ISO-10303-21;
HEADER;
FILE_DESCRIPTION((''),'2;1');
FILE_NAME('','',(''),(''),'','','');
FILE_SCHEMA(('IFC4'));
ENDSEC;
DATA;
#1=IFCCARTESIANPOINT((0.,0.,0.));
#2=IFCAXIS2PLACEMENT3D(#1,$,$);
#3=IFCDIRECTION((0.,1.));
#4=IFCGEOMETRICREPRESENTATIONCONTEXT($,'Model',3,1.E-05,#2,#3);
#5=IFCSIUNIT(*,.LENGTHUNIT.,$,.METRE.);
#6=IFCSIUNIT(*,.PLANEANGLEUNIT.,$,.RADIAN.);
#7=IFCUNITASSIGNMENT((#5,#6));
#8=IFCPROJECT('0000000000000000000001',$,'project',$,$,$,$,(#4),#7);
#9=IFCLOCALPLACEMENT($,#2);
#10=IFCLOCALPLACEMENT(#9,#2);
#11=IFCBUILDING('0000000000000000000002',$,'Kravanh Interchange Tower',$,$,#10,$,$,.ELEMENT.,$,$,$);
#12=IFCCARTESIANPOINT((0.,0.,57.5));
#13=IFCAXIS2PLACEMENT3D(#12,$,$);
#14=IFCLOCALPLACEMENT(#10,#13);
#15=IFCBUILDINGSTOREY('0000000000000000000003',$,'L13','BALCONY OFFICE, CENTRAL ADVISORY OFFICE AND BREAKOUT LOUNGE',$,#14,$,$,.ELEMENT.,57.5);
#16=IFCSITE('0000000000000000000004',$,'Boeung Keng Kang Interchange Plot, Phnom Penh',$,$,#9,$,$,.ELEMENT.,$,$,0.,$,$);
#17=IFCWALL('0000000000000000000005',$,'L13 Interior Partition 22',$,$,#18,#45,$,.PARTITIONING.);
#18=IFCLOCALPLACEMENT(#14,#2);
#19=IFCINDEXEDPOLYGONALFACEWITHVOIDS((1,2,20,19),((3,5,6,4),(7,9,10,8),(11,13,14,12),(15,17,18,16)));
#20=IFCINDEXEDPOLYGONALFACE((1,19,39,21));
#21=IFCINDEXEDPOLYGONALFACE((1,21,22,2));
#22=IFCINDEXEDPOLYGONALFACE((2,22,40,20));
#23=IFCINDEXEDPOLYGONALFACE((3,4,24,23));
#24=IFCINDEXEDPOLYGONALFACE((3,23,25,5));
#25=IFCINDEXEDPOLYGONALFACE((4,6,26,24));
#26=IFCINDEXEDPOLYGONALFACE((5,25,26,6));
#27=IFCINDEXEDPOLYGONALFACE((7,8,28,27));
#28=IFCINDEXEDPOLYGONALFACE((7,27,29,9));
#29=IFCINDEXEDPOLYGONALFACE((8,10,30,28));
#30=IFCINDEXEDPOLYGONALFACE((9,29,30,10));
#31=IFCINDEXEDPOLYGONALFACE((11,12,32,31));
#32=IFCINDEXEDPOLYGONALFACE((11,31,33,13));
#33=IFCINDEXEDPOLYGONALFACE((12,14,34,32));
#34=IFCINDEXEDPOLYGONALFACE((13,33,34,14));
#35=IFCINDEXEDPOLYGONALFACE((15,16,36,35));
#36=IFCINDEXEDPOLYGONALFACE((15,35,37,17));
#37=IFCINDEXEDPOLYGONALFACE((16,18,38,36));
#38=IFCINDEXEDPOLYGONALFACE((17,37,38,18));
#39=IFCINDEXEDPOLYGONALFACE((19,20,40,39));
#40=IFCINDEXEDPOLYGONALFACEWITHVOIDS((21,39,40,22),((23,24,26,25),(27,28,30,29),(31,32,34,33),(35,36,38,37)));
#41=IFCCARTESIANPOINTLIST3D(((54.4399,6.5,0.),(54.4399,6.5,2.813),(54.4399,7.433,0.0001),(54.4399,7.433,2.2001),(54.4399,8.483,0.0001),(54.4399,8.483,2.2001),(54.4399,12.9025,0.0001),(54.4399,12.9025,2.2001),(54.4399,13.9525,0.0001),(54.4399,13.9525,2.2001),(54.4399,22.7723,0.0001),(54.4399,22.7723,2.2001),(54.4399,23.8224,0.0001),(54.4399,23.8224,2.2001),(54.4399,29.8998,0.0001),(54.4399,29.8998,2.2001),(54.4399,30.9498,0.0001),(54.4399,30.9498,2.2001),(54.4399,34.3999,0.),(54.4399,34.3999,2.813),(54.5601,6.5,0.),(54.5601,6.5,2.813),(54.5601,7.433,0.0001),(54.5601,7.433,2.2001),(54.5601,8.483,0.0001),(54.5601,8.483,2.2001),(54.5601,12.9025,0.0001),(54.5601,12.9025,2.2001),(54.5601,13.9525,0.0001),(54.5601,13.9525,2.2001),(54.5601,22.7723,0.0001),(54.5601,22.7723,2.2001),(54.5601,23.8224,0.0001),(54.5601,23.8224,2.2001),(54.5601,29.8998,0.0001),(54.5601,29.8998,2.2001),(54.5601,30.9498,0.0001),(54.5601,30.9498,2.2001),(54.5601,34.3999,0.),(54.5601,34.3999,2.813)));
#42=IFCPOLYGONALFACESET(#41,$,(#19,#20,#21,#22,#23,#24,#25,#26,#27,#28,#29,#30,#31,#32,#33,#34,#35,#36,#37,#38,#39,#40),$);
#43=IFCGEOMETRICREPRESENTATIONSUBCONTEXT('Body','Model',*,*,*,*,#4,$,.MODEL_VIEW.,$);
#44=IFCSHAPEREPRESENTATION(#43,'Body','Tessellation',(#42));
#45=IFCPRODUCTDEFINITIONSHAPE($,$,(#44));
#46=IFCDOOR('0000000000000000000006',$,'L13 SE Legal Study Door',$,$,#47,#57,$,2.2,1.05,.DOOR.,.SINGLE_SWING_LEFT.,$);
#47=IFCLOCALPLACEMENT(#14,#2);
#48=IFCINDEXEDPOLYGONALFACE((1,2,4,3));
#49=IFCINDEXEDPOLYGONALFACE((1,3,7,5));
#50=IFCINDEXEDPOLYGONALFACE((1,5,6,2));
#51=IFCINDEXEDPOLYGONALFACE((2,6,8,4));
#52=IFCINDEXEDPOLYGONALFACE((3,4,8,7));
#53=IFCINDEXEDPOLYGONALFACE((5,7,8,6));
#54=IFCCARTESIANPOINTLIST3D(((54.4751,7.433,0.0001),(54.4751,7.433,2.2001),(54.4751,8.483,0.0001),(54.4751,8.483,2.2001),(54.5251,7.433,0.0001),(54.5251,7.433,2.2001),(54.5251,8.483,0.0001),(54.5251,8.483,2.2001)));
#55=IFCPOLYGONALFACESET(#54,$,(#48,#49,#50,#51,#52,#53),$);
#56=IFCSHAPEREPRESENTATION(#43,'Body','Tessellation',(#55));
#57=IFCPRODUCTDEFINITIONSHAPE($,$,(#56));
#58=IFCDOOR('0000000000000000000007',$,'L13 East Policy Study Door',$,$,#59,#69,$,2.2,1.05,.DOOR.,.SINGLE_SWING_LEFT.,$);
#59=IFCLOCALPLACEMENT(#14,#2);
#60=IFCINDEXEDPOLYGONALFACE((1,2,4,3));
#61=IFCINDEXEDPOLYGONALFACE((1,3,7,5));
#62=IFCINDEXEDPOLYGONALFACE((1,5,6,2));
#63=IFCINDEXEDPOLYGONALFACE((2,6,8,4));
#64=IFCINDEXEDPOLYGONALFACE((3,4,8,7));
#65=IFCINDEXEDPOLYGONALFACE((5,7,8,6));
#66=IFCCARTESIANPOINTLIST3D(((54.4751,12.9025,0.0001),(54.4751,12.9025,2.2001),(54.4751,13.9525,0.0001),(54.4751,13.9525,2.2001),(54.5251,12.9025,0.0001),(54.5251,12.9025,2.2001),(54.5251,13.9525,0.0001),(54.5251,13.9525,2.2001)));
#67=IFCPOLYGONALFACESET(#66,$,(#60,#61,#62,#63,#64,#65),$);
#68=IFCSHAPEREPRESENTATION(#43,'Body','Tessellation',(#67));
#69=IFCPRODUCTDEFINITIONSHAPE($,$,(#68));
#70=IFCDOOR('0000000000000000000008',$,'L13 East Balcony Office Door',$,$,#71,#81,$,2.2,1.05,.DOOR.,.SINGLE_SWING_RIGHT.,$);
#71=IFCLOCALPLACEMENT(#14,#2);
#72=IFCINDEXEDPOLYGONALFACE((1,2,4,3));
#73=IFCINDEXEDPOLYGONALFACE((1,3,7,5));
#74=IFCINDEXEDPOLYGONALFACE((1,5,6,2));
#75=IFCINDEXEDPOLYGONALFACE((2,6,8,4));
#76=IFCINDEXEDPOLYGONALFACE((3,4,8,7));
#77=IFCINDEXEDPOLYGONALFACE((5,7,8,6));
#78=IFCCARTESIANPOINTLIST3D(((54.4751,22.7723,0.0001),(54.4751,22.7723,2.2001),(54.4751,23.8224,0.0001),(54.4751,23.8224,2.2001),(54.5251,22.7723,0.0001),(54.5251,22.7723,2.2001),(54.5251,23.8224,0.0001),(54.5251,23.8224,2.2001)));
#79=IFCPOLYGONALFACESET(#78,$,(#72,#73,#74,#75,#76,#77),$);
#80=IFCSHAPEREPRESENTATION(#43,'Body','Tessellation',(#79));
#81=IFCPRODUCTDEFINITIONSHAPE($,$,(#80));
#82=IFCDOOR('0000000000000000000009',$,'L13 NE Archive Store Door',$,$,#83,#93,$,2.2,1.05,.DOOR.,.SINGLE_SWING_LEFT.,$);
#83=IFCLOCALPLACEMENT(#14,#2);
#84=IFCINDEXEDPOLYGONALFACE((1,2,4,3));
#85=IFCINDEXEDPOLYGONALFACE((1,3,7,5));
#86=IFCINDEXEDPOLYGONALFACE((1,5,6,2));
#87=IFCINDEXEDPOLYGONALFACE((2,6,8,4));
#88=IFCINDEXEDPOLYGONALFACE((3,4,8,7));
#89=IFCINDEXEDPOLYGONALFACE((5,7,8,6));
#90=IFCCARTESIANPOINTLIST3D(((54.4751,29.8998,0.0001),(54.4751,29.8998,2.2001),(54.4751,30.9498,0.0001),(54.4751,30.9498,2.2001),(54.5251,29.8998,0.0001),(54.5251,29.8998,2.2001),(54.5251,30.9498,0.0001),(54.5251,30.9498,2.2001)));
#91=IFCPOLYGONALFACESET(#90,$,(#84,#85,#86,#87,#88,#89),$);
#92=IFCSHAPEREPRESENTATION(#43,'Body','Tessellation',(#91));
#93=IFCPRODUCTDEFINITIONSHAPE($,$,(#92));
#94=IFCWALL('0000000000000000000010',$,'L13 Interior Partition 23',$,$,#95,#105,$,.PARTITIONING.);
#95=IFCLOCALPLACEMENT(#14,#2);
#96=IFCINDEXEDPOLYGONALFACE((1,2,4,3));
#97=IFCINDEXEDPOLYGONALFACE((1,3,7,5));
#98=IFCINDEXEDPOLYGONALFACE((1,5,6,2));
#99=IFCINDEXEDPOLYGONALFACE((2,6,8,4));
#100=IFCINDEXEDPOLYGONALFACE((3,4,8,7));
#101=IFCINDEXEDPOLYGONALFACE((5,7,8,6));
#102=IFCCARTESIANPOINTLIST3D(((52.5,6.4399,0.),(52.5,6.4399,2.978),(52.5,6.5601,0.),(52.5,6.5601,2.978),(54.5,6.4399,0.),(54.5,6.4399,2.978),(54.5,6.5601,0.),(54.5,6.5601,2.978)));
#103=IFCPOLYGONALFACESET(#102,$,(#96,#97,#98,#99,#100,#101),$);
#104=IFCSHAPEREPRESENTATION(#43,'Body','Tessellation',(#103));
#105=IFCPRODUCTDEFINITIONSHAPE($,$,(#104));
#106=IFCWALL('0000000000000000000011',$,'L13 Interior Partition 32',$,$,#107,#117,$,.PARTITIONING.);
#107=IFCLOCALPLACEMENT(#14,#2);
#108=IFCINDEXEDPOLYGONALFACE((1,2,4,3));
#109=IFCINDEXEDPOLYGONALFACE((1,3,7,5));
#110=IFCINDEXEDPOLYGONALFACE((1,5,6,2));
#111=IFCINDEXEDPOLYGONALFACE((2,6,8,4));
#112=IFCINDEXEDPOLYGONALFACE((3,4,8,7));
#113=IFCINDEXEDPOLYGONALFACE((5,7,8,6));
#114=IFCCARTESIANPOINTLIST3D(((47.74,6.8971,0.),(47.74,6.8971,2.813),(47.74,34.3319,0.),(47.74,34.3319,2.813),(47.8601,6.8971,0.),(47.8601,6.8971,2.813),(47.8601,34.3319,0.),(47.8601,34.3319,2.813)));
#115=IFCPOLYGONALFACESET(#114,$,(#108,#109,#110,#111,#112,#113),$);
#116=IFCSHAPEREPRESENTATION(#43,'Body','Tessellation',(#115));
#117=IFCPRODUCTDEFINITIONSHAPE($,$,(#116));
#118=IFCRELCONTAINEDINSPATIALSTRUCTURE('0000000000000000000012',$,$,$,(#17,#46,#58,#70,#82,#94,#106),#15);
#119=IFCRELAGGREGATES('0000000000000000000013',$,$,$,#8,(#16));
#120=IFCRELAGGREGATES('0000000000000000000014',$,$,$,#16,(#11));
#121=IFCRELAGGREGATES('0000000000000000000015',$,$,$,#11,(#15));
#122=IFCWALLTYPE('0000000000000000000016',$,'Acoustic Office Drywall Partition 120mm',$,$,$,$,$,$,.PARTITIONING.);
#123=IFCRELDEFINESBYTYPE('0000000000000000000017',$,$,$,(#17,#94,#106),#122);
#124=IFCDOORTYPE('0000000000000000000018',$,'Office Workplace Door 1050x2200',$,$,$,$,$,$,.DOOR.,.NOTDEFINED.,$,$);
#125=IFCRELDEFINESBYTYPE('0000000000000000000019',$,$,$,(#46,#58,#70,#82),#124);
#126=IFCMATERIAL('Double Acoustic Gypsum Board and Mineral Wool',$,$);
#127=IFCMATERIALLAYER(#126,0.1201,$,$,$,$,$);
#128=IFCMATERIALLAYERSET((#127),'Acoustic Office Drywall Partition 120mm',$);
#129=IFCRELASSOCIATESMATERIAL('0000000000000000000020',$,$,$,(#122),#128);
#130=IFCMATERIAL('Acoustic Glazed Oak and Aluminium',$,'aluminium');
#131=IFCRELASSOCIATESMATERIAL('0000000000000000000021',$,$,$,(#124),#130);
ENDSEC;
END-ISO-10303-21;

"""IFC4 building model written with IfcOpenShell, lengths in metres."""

from ifc_helpers import new_model, si_unit, direction, frame, frame_2d, origin, place, context, subcontext, project, spatial, rectangle, extrude, material, layer, layer_set, type_object, element, fill, save


model = new_model("IFC4")

# Units and contexts
model_context = context("Model", 3, precision=1e-05, world=origin(), true_north=direction((0.0, 1.0)))
body_context = subcontext(model_context, "Body", "Model", "MODEL_VIEW")
ifc_project = project(units=[si_unit("LENGTHUNIT", "METRE"), si_unit("PLANEANGLEUNIT", "RADIAN")], contexts=[model_context])

# Site, building, storey
site_placement = place(None, origin())
site = spatial("IfcSite", under=ifc_project, at=site_placement, Name="Boeung Keng Kang Interchange Plot, Phnom Penh", CompositionType="ELEMENT", RefElevation=0.0)
building_placement = place(site_placement, origin())
building = spatial("IfcBuilding", under=site, at=building_placement, Name="Kravanh Interchange Tower", CompositionType="ELEMENT")
storey_placement = place(building_placement, frame((0.0, 0.0, 57.5)))
storey = spatial("IfcBuildingStorey", under=building, at=storey_placement, Name="L13", Description="BALCONY OFFICE, CENTRAL ADVISORY OFFICE AND BREAKOUT LOUNGE", CompositionType="ELEMENT", Elevation=57.5)

# Shared definitions
ifc_material_1 = material(Name="Double Acoustic Gypsum Board and Mineral Wool")
ifc_layer_1 = layer(ifc_material_1, 0.1201)
ifc_layer_set_1 = layer_set([ifc_layer_1], Name="Acoustic Office Drywall Partition 120mm")
wall_type = type_object("IfcWallType", Name="Acoustic Office Drywall Partition 120mm", PredefinedType="PARTITIONING", material=ifc_layer_set_1)

# Wall, openings, doors
wall_1_placement = place(storey_placement, frame((54.5, 6.5, 0.0), z_axis=(0.0, 0.0, 1.0), x_axis=(0.0, 1.0, 0.0)))
wall_1 = element("IfcWall", 1, at=wall_1_placement, inside=storey, type_object=wall_type, Name="L13 Interior Partition 22", PredefinedType="PARTITIONING", context=body_context, shape_type="SweptSolid", body=[
    extrude(rectangle(XDim=27.8999, YDim=0.1201, at=frame_2d((13.95, 0.0))), origin(), (0.0, 0.0, 1.0), 2.813),
])
opening_1_placement = place(wall_1_placement, frame((0.9331, 0.0, 0.0)))
opening_1 = element("IfcOpeningElement", 2, at=opening_1_placement, cuts=wall_1, PredefinedType="OPENING", context=body_context, shape_type="SweptSolid", body=[
    extrude(rectangle(XDim=1.05, YDim=2.2, at=frame_2d((0.5249, 1.1001))), frame((0.0, 0.0701, 0.0), z_axis=(0.0, -1.0, 0.0), x_axis=(1.0, 0.0, 0.0)), (0.0, 0.0, 1.0), 0.1401),
])
opening_2_placement = place(wall_1_placement, frame((6.4026, 0.0, 0.0)))
opening_2 = element("IfcOpeningElement", 3, at=opening_2_placement, cuts=wall_1, PredefinedType="OPENING", context=body_context, shape_type="SweptSolid", body=[
    extrude(rectangle(XDim=1.05, YDim=2.2, at=frame_2d((0.5249, 1.1001))), frame((0.0, 0.0701, 0.0), z_axis=(0.0, -1.0, 0.0), x_axis=(1.0, 0.0, 0.0)), (0.0, 0.0, 1.0), 0.1401),
])
opening_3_placement = place(wall_1_placement, frame((16.2725, 0.0, 0.0)))
opening_3 = element("IfcOpeningElement", 4, at=opening_3_placement, cuts=wall_1, PredefinedType="OPENING", context=body_context, shape_type="SweptSolid", body=[
    extrude(rectangle(XDim=1.05, YDim=2.2, at=frame_2d((0.5249, 1.1001))), frame((0.0, 0.0701, 0.0), z_axis=(0.0, -1.0, 0.0), x_axis=(1.0, 0.0, 0.0)), (0.0, 0.0, 1.0), 0.1401),
])
opening_4_placement = place(wall_1_placement, frame((23.3999, 0.0, 0.0)))
opening_4 = element("IfcOpeningElement", 5, at=opening_4_placement, cuts=wall_1, PredefinedType="OPENING", context=body_context, shape_type="SweptSolid", body=[
    extrude(rectangle(XDim=1.05, YDim=2.2, at=frame_2d((0.5249, 1.1001))), frame((0.0, 0.0701, 0.0), z_axis=(0.0, -1.0, 0.0), x_axis=(1.0, 0.0, 0.0)), (0.0, 0.0, 1.0), 0.1401),
])
ifc_material_2 = material(Name="Acoustic Glazed Oak and Aluminium", Category="aluminium")
door_type = type_object("IfcDoorType", Name="Office Workplace Door 1050x2200", OperationType="NOTDEFINED", PredefinedType="DOOR", material=ifc_material_2)
door_1_placement = place(opening_1_placement, origin())
door_1 = element("IfcDoor", 6, at=door_1_placement, inside=storey, type_object=door_type, Name="L13 SE Legal Study Door", OperationType="SINGLE_SWING_LEFT", OverallHeight=2.2, OverallWidth=1.05, PredefinedType="DOOR", context=body_context, shape_type="SweptSolid", body=[
    extrude(rectangle(XDim=1.05, YDim=2.2, at=frame_2d((0.5249, 1.1001))), frame((0.0, 0.0249, 0.0), z_axis=(0.0, -1.0, 0.0), x_axis=(1.0, 0.0, 0.0)), (0.0, 0.0, 1.0), 0.05),
])
fill(opening_1, door_1)
door_2_placement = place(opening_2_placement, origin())
door_2 = element("IfcDoor", 7, at=door_2_placement, inside=storey, type_object=door_type, Name="L13 East Policy Study Door", OperationType="SINGLE_SWING_LEFT", OverallHeight=2.2, OverallWidth=1.05, PredefinedType="DOOR", context=body_context, shape_type="SweptSolid", body=[
    extrude(rectangle(XDim=1.05, YDim=2.2, at=frame_2d((0.5249, 1.1001))), frame((0.0, 0.0249, 0.0), z_axis=(0.0, -1.0, 0.0), x_axis=(1.0, 0.0, 0.0)), (0.0, 0.0, 1.0), 0.05),
])
fill(opening_2, door_2)
door_3_placement = place(opening_3_placement, origin())
door_3 = element("IfcDoor", 8, at=door_3_placement, inside=storey, type_object=door_type, Name="L13 East Balcony Office Door", OperationType="SINGLE_SWING_RIGHT", OverallHeight=2.2, OverallWidth=1.05, PredefinedType="DOOR", context=body_context, shape_type="SweptSolid", body=[
    extrude(rectangle(XDim=1.05, YDim=2.2, at=frame_2d((0.5249, 1.1001))), frame((0.0, 0.0249, 0.0), z_axis=(0.0, -1.0, 0.0), x_axis=(1.0, 0.0, 0.0)), (0.0, 0.0, 1.0), 0.05),
])
fill(opening_3, door_3)
door_4_placement = place(opening_4_placement, origin())
door_4 = element("IfcDoor", 9, at=door_4_placement, inside=storey, type_object=door_type, Name="L13 NE Archive Store Door", OperationType="SINGLE_SWING_LEFT", OverallHeight=2.2, OverallWidth=1.05, PredefinedType="DOOR", context=body_context, shape_type="SweptSolid", body=[
    extrude(rectangle(XDim=1.05, YDim=2.2, at=frame_2d((0.5249, 1.1001))), frame((0.0, 0.0249, 0.0), z_axis=(0.0, -1.0, 0.0), x_axis=(1.0, 0.0, 0.0)), (0.0, 0.0, 1.0), 0.05),
])
fill(opening_4, door_4)

# Walls
wall_2_placement = place(storey_placement, frame((52.5, 6.5, 0.0), z_axis=(0.0, 0.0, 1.0), x_axis=(1.0, 0.0, 0.0)))
element("IfcWall", 10, at=wall_2_placement, inside=storey, type_object=wall_type, Name="L13 Interior Partition 23", PredefinedType="PARTITIONING", context=body_context, shape_type="SweptSolid", body=[
    extrude(rectangle(XDim=2.0, YDim=0.1201, at=frame_2d((1.0, 0.0))), origin(), (0.0, 0.0, 1.0), 2.978),
])
wall_3_placement = place(storey_placement, frame((47.8, 6.8972, 0.0), z_axis=(0.0, 0.0, 1.0), x_axis=(0.0, 1.0, 0.0)))
element("IfcWall", 11, at=wall_3_placement, inside=storey, type_object=wall_type, Name="L13 Interior Partition 32", PredefinedType="PARTITIONING", context=body_context, shape_type="SweptSolid", body=[
    extrude(rectangle(XDim=27.4348, YDim=0.1201, at=frame_2d((13.7173, 0.0))), origin(), (0.0, 0.0, 1.0), 2.813),
])

save(model, "model.ifc")
